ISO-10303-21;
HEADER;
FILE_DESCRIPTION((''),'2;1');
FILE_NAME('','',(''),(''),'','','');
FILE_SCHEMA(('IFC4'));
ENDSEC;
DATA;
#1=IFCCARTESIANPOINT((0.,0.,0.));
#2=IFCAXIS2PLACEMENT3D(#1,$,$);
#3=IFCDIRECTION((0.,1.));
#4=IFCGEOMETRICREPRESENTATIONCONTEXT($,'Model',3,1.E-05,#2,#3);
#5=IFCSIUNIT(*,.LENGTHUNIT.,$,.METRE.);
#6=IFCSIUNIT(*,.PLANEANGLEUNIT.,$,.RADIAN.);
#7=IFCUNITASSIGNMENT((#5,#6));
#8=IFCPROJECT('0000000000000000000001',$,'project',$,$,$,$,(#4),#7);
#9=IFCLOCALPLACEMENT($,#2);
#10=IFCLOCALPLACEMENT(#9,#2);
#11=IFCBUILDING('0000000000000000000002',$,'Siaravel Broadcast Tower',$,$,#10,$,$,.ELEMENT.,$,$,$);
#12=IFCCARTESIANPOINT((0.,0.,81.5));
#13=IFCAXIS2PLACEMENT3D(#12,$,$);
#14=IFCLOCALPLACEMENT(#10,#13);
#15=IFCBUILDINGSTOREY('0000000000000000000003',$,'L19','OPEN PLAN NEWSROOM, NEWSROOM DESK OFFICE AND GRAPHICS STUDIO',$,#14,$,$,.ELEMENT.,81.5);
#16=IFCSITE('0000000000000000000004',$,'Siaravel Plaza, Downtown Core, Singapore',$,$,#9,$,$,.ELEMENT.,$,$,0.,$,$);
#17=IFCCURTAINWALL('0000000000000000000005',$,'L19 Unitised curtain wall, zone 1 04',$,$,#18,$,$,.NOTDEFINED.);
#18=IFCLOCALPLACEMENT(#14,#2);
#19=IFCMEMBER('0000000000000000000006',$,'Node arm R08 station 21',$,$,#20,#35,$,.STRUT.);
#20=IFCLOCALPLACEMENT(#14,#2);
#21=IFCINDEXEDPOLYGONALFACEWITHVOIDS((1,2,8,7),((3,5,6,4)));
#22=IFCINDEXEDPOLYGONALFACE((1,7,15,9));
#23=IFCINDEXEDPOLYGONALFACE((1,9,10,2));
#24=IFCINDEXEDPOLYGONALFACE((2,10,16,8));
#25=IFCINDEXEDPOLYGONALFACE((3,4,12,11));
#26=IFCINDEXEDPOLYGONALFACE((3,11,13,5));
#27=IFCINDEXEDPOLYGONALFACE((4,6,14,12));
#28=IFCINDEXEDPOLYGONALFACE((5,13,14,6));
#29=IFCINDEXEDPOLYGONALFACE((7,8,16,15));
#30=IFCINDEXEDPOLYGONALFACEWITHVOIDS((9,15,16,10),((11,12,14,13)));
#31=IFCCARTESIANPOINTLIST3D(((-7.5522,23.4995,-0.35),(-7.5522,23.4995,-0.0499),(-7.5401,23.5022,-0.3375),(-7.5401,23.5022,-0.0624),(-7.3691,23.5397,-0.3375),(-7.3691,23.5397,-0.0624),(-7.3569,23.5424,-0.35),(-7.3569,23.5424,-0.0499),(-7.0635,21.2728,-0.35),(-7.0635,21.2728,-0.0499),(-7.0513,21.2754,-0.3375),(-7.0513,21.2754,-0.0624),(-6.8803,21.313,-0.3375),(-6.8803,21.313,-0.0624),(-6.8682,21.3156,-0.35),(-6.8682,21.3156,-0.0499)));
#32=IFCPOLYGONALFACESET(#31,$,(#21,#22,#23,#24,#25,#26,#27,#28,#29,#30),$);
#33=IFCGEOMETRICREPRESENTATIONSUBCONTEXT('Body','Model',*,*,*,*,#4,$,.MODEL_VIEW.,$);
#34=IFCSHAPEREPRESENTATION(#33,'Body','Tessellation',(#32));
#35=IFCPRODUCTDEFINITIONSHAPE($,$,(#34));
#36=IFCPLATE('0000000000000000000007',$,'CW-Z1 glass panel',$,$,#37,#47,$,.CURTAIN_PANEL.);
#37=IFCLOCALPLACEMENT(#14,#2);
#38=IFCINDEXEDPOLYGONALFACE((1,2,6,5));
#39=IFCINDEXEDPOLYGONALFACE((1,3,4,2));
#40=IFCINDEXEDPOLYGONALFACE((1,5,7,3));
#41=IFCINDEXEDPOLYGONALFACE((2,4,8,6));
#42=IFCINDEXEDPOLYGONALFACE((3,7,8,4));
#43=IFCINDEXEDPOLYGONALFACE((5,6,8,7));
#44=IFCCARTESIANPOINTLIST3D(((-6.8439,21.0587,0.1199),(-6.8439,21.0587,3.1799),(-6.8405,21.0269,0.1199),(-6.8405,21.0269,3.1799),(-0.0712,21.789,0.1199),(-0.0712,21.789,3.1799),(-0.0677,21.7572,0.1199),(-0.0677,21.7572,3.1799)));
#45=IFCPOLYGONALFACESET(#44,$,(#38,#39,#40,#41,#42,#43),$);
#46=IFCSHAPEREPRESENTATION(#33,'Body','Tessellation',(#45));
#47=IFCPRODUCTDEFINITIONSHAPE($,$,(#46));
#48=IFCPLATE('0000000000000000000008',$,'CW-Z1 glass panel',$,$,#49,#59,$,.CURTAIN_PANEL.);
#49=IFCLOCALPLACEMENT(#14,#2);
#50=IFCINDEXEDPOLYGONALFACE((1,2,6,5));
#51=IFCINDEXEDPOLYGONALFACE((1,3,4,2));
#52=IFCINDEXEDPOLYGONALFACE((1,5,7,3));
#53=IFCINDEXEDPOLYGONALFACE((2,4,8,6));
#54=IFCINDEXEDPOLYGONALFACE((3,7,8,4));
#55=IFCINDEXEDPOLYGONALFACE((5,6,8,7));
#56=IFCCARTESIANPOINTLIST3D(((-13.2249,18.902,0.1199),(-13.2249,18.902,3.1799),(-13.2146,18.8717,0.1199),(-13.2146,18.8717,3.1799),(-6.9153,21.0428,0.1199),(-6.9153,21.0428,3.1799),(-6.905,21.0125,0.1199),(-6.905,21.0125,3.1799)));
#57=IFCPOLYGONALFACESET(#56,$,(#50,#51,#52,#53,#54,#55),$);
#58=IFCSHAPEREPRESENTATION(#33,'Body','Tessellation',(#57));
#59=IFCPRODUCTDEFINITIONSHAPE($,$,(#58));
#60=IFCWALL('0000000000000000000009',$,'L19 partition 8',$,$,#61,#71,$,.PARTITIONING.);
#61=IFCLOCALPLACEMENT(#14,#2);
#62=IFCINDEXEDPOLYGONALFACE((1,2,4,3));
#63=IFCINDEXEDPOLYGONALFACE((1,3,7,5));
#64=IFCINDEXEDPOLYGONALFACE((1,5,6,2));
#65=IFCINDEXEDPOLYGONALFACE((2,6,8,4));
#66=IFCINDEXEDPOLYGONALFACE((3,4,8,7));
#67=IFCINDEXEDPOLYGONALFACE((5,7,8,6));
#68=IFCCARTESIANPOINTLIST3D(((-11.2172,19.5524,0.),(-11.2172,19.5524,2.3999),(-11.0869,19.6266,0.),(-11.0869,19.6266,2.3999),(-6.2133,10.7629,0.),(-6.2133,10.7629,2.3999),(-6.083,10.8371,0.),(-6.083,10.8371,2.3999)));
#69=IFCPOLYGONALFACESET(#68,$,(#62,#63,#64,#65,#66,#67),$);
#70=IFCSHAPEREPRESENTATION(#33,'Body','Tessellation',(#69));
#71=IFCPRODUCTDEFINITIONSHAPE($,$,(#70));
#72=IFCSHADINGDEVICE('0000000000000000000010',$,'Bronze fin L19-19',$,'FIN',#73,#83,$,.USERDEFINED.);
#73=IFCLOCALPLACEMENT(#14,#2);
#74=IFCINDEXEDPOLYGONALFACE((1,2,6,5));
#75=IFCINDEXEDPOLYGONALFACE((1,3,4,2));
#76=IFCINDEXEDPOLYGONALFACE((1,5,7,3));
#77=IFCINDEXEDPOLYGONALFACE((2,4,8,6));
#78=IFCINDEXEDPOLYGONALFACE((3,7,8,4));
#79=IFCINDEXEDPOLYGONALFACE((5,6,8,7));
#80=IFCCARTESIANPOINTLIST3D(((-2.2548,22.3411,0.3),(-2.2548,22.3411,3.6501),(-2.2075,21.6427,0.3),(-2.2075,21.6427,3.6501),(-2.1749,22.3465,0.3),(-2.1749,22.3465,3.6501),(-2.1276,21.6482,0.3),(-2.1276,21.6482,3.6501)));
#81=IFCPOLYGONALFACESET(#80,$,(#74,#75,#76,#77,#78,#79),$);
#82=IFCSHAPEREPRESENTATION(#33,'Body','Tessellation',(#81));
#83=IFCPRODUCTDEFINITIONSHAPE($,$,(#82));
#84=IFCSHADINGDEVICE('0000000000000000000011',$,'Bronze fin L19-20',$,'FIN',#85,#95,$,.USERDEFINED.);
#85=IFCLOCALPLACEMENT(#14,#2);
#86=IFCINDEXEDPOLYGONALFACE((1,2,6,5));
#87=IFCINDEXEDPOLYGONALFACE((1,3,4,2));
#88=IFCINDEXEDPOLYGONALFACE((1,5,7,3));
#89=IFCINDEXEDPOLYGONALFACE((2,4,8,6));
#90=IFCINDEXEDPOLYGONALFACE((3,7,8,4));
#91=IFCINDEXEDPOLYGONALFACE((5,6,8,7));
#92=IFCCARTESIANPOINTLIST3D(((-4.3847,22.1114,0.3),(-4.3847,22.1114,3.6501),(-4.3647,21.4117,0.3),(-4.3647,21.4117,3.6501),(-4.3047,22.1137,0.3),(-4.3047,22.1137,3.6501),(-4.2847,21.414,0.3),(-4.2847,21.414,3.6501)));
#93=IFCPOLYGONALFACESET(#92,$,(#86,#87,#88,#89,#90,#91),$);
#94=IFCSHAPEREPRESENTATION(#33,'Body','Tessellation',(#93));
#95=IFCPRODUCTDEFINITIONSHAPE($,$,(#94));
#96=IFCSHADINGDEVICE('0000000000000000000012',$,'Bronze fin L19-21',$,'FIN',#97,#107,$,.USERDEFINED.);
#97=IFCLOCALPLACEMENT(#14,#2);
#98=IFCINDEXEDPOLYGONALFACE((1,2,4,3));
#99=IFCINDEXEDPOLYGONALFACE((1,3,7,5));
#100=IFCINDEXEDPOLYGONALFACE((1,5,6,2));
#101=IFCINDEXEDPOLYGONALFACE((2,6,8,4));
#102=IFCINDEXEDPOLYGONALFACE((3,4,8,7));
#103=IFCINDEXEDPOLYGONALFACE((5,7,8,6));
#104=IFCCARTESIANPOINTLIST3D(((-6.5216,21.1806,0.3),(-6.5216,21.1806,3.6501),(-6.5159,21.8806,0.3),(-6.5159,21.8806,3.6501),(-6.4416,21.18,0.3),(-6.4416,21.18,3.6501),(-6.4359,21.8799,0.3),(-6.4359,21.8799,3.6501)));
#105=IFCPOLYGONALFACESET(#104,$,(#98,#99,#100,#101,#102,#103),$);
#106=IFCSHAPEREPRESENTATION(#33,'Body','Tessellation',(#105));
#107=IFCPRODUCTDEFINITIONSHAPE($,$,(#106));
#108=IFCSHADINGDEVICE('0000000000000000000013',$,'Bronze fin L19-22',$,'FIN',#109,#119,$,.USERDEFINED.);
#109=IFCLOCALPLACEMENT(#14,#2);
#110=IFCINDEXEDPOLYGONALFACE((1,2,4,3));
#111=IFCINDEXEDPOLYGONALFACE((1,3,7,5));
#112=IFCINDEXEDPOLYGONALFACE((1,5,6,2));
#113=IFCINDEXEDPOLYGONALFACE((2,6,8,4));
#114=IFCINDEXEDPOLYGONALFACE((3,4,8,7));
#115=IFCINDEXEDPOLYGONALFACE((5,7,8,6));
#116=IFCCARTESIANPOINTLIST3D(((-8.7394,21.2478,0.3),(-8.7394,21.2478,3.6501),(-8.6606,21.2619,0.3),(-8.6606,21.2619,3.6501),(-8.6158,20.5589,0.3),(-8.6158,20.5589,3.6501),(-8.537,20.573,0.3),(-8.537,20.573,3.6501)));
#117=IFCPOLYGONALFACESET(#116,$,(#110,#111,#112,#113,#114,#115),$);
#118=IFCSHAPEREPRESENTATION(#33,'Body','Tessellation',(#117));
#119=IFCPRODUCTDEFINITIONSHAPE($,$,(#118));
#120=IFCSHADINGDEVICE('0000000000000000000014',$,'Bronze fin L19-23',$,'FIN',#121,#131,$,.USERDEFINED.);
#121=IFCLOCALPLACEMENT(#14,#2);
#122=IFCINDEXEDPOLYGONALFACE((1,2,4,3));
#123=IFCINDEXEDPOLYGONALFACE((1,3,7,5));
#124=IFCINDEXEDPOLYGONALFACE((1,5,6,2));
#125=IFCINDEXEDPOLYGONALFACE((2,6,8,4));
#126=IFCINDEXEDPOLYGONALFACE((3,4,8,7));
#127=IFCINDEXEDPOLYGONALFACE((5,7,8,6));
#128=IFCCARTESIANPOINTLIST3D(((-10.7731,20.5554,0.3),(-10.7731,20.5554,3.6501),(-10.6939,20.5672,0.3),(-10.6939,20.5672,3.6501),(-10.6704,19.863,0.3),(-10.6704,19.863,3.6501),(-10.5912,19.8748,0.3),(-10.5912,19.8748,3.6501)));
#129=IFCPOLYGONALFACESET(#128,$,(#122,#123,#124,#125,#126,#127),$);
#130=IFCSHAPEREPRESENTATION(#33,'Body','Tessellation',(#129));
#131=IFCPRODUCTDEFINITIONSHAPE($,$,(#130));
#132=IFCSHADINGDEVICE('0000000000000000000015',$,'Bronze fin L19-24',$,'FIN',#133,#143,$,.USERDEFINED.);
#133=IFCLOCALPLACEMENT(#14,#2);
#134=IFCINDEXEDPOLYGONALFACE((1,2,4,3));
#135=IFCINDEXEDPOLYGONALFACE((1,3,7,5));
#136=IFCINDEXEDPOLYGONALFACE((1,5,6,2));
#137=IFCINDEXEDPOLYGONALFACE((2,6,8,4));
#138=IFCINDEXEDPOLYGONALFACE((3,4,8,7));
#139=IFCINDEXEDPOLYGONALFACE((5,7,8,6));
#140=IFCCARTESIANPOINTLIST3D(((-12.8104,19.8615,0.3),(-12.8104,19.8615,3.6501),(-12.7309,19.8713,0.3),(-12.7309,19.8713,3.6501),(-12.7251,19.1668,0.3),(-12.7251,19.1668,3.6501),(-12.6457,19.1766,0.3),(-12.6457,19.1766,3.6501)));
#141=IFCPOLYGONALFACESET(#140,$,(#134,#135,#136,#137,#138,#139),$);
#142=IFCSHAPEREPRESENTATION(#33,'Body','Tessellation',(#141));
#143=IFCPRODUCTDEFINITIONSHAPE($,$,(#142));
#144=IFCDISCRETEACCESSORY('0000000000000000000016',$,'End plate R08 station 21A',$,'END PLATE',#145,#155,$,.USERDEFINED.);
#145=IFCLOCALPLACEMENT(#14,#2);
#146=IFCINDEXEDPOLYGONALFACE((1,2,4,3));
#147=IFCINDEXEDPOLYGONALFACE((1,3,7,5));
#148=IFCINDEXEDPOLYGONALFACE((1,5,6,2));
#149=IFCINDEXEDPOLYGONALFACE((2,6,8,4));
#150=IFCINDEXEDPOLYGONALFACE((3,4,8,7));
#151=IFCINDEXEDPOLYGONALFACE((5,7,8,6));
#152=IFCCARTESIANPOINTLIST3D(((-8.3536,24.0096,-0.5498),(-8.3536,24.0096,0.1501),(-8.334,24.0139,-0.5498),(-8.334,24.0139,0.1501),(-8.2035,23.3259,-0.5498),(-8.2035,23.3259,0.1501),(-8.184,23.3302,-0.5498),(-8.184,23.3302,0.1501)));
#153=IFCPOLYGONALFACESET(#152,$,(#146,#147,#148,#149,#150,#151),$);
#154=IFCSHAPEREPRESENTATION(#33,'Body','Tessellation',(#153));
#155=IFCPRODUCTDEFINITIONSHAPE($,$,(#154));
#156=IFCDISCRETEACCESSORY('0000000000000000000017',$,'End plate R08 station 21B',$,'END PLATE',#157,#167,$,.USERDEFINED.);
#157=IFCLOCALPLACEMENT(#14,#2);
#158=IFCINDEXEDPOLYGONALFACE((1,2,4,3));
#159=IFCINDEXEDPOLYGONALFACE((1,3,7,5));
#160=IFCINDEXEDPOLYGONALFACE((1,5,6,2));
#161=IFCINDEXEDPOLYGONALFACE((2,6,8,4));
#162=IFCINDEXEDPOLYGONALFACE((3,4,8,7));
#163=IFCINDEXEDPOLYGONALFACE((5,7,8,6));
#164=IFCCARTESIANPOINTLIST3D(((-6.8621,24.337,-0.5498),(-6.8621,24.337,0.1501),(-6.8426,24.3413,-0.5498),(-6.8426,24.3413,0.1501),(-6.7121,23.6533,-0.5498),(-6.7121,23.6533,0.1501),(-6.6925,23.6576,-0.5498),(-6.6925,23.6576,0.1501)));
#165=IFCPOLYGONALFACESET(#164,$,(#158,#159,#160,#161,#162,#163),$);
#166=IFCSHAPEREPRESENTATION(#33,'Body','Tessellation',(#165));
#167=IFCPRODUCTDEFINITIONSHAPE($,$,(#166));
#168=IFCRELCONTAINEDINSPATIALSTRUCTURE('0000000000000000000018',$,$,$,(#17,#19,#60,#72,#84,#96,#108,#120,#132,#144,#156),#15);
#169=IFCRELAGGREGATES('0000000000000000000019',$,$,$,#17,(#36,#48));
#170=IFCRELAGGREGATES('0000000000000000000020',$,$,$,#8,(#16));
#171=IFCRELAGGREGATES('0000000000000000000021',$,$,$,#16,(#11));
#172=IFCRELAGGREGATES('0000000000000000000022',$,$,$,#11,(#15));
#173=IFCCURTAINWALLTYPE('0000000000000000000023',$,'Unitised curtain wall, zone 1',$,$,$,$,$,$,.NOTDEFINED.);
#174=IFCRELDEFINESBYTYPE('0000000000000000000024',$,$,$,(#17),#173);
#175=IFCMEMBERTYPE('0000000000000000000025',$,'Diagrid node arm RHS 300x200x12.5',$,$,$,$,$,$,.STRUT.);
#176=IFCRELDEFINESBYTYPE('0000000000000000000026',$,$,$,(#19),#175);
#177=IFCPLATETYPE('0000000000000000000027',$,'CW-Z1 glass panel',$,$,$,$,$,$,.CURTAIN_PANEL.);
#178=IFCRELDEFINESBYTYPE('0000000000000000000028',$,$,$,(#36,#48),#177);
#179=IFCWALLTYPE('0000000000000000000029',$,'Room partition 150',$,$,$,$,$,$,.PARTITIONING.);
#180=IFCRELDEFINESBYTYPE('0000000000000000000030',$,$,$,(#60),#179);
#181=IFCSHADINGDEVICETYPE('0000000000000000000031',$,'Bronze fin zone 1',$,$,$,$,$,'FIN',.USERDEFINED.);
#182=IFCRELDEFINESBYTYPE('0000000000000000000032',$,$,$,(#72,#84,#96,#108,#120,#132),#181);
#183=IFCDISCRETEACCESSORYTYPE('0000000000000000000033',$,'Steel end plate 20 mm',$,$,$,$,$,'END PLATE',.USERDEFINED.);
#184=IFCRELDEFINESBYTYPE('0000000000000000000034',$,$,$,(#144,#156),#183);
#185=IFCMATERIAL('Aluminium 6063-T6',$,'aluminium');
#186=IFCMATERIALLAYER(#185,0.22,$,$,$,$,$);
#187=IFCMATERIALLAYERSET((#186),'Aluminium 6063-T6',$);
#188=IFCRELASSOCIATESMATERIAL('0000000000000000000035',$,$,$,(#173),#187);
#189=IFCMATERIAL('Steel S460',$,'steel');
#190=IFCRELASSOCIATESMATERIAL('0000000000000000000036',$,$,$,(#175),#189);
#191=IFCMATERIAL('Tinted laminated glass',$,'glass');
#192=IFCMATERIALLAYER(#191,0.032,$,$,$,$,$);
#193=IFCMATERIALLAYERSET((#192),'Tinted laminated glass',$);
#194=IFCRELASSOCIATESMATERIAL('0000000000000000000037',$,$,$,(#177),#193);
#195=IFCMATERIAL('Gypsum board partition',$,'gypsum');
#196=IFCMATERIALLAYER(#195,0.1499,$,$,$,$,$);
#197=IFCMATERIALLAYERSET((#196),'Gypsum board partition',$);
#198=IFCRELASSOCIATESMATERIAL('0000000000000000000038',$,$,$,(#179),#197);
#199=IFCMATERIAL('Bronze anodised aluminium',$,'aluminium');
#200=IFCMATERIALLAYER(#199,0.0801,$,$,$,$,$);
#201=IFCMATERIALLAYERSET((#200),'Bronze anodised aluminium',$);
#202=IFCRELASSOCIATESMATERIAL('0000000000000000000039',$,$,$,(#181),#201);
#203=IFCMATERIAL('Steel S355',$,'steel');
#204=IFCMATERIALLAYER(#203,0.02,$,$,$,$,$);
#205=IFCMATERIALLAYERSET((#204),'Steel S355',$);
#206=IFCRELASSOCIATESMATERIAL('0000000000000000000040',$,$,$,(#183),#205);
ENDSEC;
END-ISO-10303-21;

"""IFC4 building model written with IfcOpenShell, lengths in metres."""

from ifc_helpers import new_model, si_unit, direction, frame, frame_2d, origin, origin_2d, place, context, subcontext, project, spatial, rectangle, hollow_rectangle, extrude, material, layer, layer_set, material_profile, profile_set, type_object, element, aggregate, save


model = new_model("IFC4")

# Units and contexts
model_context = context("Model", 3, precision=1e-05, world=origin(), true_north=direction((0.0, 1.0)))
body_context = subcontext(model_context, "Body", "Model", "MODEL_VIEW")
ifc_project = project(units=[si_unit("LENGTHUNIT", "METRE"), si_unit("PLANEANGLEUNIT", "RADIAN")], contexts=[model_context])

# Site, building, storey
site_placement = place(None, origin())
site = spatial("IfcSite", under=ifc_project, at=site_placement, Name="Siaravel Plaza, Downtown Core, Singapore", CompositionType="ELEMENT", RefElevation=0.0)
building_placement = place(site_placement, origin())
building = spatial("IfcBuilding", under=site, at=building_placement, Name="Siaravel Broadcast Tower", CompositionType="ELEMENT")
storey_placement = place(building_placement, frame((0.0, 0.0, 81.5)))
storey = spatial("IfcBuildingStorey", under=building, at=storey_placement, Name="L19", Description="OPEN PLAN NEWSROOM, NEWSROOM DESK OFFICE AND GRAPHICS STUDIO", CompositionType="ELEMENT", Elevation=81.5)

# Shared definitions
ifc_material_1 = material(Name="Steel S355", Category="steel")

# Curtain wall
ifc_material_2 = material(Name="Aluminium 6063-T6", Category="aluminium")
ifc_layer_1 = layer(ifc_material_2, 0.22)
ifc_layer_set_1 = layer_set([ifc_layer_1], Name="Aluminium 6063-T6")
curtain_wall_type = type_object("IfcCurtainWallType", Name="Unitised curtain wall, zone 1", PredefinedType="NOTDEFINED", material=ifc_layer_set_1)
curtain_wall_placement = place(storey_placement, origin())
curtain_wall = element("IfcCurtainWall", 1, at=curtain_wall_placement, inside=storey, type_object=curtain_wall_type, Name="L19 Unitised curtain wall, zone 1 04", PredefinedType="NOTDEFINED")

# Member
ifc_material_3 = material(Name="Steel S460", Category="steel")
ifc_material_profile_1 = material_profile(ifc_material_3, hollow_rectangle(XDim=0.2, YDim=0.3, WallThickness=0.0125, at=origin_2d()))
ifc_profile_set_1 = profile_set([ifc_material_profile_1], Name="Steel S460")
member_type_1 = type_object("IfcMemberType", Name="Diagrid node arm RHS 300x200x12.5", PredefinedType="STRUT", material=ifc_profile_set_1)
member_1_placement = place(storey_placement, frame((-6.9658, 21.2942, -0.2), z_axis=(-0.21439, 0.976748, 0.0), x_axis=(-0.976748, -0.21439, 0.0)))
element("IfcMember", 2, at=member_1_placement, inside=storey, type_object=member_type_1, Name="Node arm R08 station 21", PredefinedType="STRUT", context=body_context, shape_type="SweptSolid", body=[
    extrude(hollow_rectangle(XDim=0.2, YDim=0.3, WallThickness=0.0125, at=origin_2d()), origin(), (0.0, 0.0, 1.0), 2.2798),
])

# Plates
ifc_material_4 = material(Name="Tinted laminated glass", Category="glass")
ifc_layer_2 = layer(ifc_material_4, 0.032)
ifc_layer_set_2 = layer_set([ifc_layer_2], Name="Tinted laminated glass")
plate_type = type_object("IfcPlateType", Name="CW-Z1 glass panel", PredefinedType="CURTAIN_PANEL", material=ifc_layer_set_2)
plate_1_placement = place(storey_placement, frame((-3.4558, 21.408, 0.1199), z_axis=(0.0, 0.0, 1.0), x_axis=(-0.994236, -0.107218, 0.0)))
plate_1 = element("IfcPlate", 3, at=plate_1_placement, type_object=plate_type, Name="CW-Z1 glass panel", PredefinedType="CURTAIN_PANEL", context=body_context, shape_type="SweptSolid", body=[
    extrude(rectangle(XDim=6.812, YDim=0.032, at=origin_2d()), origin(), (0.0, 0.0, 1.0), 3.0601),
])
plate_2_placement = place(storey_placement, frame((-10.0649, 19.9573, 0.1199), z_axis=(0.0, 0.0, 1.0), x_axis=(-0.946977, -0.321301, 0.0)))
plate_2 = element("IfcPlate", 4, at=plate_2_placement, type_object=plate_type, Name="CW-Z1 glass panel", PredefinedType="CURTAIN_PANEL", context=body_context, shape_type="SweptSolid", body=[
    extrude(rectangle(XDim=6.6628, YDim=0.032, at=origin_2d()), origin(), (0.0, 0.0, 1.0), 3.0601),
])
aggregate(curtain_wall, [plate_1, plate_2])

# Wall
ifc_material_5 = material(Name="Gypsum board partition", Category="gypsum")
ifc_layer_3 = layer(ifc_material_5, 0.1499)
ifc_layer_set_3 = layer_set([ifc_layer_3], Name="Gypsum board partition")
wall_type = type_object("IfcWallType", Name="Room partition 150", PredefinedType="PARTITIONING", material=ifc_layer_set_3)
wall_placement = place(storey_placement, frame((-11.1521, 19.5896, 0.0), z_axis=(0.0, 0.0, 1.0), x_axis=(0.494745, -0.869038, 0.0)))
element("IfcWall", 5, at=wall_placement, inside=storey, type_object=wall_type, Name="L19 partition 8", PredefinedType="PARTITIONING", context=body_context, shape_type="SweptSolid", body=[
    extrude(rectangle(XDim=10.114, YDim=0.1499, at=frame_2d((5.0571, 0.0))), origin(), (0.0, 0.0, 1.0), 2.3999),
])

# Shading devices
ifc_material_6 = material(Name="Bronze anodised aluminium", Category="aluminium")
ifc_layer_4 = layer(ifc_material_6, 0.0801)
ifc_layer_set_4 = layer_set([ifc_layer_4], Name="Bronze anodised aluminium")
shading_device_type = type_object("IfcShadingDeviceType", Name="Bronze fin zone 1", ElementType="FIN", PredefinedType="USERDEFINED", material=ifc_layer_set_4)
for number, where, z_axis, x_axis, name in (
    (6, (-2.1912, 21.9946, 0.3), (0.0, 0.0, 1.0), (-0.06757, 0.997715, 0.0), "Bronze fin L19-19"),
    (7, (-4.3347, 21.7627, 0.3), (0.0, 0.0, 1.0), (-0.028571, 0.999592, 0.0), "Bronze fin L19-20"),
    (8, (-6.4788, 21.5303, 0.3), (0.0, 0.0, 1.0), (0.008137, 0.999967, 0.0), "Bronze fin L19-21"),
    (9, (-8.6382, 20.9104, 0.3), (0.0, 0.0, 1.0), (-0.176585, 0.984285, 0.0), "Bronze fin L19-22"),
    (10, (-10.6821, 20.2151, 0.3), (0.0, 0.0, 1.0), (-0.146694, 0.989182, 0.0), "Bronze fin L19-23"),
    (11, (-12.728, 19.519, 0.3), (0.0, 0.0, 1.0), (-0.12181, 0.992553, 0.0), "Bronze fin L19-24"),
):
    element("IfcShadingDevice", number, at=place(storey_placement, frame(where, z_axis=z_axis, x_axis=x_axis)), inside=storey, type_object=shading_device_type, Name=name, ObjectType="FIN", PredefinedType="USERDEFINED", context=body_context, shape_type="SweptSolid", body=[
        extrude(rectangle(XDim=0.7, YDim=0.0801, at=origin_2d()), origin(), (0.0, 0.0, 1.0), 3.3501),
    ])

# Discrete accessories
ifc_layer_5 = layer(ifc_material_1, 0.02)
ifc_layer_set_5 = layer_set([ifc_layer_5], Name="Steel S355")
discrete_accessory_type = type_object("IfcDiscreteAccessoryType", Name="Steel end plate 20 mm", ElementType="END PLATE", PredefinedType="USERDEFINED", material=ifc_layer_set_5)
for number, where, z_axis, x_axis, name in (
    (12, (-8.2688, 23.6699, -0.5498), (0.0, 0.0, 1.0), (-0.976751, -0.214377, 0.0), "End plate R08 station 21A"),
    (13, (-6.7773, 23.9973, -0.5498), (0.0, 0.0, 1.0), (-0.976751, -0.214377, 0.0), "End plate R08 station 21B"),
):
    element("IfcDiscreteAccessory", number, at=place(storey_placement, frame(where, z_axis=z_axis, x_axis=x_axis)), inside=storey, type_object=discrete_accessory_type, Name=name, ObjectType="END PLATE", PredefinedType="USERDEFINED", context=body_context, shape_type="SweptSolid", body=[
        extrude(rectangle(XDim=0.02, YDim=0.7, at=origin_2d()), origin(), (0.0, 0.0, 1.0), 0.7),
    ])

save(model, "model.ifc")
